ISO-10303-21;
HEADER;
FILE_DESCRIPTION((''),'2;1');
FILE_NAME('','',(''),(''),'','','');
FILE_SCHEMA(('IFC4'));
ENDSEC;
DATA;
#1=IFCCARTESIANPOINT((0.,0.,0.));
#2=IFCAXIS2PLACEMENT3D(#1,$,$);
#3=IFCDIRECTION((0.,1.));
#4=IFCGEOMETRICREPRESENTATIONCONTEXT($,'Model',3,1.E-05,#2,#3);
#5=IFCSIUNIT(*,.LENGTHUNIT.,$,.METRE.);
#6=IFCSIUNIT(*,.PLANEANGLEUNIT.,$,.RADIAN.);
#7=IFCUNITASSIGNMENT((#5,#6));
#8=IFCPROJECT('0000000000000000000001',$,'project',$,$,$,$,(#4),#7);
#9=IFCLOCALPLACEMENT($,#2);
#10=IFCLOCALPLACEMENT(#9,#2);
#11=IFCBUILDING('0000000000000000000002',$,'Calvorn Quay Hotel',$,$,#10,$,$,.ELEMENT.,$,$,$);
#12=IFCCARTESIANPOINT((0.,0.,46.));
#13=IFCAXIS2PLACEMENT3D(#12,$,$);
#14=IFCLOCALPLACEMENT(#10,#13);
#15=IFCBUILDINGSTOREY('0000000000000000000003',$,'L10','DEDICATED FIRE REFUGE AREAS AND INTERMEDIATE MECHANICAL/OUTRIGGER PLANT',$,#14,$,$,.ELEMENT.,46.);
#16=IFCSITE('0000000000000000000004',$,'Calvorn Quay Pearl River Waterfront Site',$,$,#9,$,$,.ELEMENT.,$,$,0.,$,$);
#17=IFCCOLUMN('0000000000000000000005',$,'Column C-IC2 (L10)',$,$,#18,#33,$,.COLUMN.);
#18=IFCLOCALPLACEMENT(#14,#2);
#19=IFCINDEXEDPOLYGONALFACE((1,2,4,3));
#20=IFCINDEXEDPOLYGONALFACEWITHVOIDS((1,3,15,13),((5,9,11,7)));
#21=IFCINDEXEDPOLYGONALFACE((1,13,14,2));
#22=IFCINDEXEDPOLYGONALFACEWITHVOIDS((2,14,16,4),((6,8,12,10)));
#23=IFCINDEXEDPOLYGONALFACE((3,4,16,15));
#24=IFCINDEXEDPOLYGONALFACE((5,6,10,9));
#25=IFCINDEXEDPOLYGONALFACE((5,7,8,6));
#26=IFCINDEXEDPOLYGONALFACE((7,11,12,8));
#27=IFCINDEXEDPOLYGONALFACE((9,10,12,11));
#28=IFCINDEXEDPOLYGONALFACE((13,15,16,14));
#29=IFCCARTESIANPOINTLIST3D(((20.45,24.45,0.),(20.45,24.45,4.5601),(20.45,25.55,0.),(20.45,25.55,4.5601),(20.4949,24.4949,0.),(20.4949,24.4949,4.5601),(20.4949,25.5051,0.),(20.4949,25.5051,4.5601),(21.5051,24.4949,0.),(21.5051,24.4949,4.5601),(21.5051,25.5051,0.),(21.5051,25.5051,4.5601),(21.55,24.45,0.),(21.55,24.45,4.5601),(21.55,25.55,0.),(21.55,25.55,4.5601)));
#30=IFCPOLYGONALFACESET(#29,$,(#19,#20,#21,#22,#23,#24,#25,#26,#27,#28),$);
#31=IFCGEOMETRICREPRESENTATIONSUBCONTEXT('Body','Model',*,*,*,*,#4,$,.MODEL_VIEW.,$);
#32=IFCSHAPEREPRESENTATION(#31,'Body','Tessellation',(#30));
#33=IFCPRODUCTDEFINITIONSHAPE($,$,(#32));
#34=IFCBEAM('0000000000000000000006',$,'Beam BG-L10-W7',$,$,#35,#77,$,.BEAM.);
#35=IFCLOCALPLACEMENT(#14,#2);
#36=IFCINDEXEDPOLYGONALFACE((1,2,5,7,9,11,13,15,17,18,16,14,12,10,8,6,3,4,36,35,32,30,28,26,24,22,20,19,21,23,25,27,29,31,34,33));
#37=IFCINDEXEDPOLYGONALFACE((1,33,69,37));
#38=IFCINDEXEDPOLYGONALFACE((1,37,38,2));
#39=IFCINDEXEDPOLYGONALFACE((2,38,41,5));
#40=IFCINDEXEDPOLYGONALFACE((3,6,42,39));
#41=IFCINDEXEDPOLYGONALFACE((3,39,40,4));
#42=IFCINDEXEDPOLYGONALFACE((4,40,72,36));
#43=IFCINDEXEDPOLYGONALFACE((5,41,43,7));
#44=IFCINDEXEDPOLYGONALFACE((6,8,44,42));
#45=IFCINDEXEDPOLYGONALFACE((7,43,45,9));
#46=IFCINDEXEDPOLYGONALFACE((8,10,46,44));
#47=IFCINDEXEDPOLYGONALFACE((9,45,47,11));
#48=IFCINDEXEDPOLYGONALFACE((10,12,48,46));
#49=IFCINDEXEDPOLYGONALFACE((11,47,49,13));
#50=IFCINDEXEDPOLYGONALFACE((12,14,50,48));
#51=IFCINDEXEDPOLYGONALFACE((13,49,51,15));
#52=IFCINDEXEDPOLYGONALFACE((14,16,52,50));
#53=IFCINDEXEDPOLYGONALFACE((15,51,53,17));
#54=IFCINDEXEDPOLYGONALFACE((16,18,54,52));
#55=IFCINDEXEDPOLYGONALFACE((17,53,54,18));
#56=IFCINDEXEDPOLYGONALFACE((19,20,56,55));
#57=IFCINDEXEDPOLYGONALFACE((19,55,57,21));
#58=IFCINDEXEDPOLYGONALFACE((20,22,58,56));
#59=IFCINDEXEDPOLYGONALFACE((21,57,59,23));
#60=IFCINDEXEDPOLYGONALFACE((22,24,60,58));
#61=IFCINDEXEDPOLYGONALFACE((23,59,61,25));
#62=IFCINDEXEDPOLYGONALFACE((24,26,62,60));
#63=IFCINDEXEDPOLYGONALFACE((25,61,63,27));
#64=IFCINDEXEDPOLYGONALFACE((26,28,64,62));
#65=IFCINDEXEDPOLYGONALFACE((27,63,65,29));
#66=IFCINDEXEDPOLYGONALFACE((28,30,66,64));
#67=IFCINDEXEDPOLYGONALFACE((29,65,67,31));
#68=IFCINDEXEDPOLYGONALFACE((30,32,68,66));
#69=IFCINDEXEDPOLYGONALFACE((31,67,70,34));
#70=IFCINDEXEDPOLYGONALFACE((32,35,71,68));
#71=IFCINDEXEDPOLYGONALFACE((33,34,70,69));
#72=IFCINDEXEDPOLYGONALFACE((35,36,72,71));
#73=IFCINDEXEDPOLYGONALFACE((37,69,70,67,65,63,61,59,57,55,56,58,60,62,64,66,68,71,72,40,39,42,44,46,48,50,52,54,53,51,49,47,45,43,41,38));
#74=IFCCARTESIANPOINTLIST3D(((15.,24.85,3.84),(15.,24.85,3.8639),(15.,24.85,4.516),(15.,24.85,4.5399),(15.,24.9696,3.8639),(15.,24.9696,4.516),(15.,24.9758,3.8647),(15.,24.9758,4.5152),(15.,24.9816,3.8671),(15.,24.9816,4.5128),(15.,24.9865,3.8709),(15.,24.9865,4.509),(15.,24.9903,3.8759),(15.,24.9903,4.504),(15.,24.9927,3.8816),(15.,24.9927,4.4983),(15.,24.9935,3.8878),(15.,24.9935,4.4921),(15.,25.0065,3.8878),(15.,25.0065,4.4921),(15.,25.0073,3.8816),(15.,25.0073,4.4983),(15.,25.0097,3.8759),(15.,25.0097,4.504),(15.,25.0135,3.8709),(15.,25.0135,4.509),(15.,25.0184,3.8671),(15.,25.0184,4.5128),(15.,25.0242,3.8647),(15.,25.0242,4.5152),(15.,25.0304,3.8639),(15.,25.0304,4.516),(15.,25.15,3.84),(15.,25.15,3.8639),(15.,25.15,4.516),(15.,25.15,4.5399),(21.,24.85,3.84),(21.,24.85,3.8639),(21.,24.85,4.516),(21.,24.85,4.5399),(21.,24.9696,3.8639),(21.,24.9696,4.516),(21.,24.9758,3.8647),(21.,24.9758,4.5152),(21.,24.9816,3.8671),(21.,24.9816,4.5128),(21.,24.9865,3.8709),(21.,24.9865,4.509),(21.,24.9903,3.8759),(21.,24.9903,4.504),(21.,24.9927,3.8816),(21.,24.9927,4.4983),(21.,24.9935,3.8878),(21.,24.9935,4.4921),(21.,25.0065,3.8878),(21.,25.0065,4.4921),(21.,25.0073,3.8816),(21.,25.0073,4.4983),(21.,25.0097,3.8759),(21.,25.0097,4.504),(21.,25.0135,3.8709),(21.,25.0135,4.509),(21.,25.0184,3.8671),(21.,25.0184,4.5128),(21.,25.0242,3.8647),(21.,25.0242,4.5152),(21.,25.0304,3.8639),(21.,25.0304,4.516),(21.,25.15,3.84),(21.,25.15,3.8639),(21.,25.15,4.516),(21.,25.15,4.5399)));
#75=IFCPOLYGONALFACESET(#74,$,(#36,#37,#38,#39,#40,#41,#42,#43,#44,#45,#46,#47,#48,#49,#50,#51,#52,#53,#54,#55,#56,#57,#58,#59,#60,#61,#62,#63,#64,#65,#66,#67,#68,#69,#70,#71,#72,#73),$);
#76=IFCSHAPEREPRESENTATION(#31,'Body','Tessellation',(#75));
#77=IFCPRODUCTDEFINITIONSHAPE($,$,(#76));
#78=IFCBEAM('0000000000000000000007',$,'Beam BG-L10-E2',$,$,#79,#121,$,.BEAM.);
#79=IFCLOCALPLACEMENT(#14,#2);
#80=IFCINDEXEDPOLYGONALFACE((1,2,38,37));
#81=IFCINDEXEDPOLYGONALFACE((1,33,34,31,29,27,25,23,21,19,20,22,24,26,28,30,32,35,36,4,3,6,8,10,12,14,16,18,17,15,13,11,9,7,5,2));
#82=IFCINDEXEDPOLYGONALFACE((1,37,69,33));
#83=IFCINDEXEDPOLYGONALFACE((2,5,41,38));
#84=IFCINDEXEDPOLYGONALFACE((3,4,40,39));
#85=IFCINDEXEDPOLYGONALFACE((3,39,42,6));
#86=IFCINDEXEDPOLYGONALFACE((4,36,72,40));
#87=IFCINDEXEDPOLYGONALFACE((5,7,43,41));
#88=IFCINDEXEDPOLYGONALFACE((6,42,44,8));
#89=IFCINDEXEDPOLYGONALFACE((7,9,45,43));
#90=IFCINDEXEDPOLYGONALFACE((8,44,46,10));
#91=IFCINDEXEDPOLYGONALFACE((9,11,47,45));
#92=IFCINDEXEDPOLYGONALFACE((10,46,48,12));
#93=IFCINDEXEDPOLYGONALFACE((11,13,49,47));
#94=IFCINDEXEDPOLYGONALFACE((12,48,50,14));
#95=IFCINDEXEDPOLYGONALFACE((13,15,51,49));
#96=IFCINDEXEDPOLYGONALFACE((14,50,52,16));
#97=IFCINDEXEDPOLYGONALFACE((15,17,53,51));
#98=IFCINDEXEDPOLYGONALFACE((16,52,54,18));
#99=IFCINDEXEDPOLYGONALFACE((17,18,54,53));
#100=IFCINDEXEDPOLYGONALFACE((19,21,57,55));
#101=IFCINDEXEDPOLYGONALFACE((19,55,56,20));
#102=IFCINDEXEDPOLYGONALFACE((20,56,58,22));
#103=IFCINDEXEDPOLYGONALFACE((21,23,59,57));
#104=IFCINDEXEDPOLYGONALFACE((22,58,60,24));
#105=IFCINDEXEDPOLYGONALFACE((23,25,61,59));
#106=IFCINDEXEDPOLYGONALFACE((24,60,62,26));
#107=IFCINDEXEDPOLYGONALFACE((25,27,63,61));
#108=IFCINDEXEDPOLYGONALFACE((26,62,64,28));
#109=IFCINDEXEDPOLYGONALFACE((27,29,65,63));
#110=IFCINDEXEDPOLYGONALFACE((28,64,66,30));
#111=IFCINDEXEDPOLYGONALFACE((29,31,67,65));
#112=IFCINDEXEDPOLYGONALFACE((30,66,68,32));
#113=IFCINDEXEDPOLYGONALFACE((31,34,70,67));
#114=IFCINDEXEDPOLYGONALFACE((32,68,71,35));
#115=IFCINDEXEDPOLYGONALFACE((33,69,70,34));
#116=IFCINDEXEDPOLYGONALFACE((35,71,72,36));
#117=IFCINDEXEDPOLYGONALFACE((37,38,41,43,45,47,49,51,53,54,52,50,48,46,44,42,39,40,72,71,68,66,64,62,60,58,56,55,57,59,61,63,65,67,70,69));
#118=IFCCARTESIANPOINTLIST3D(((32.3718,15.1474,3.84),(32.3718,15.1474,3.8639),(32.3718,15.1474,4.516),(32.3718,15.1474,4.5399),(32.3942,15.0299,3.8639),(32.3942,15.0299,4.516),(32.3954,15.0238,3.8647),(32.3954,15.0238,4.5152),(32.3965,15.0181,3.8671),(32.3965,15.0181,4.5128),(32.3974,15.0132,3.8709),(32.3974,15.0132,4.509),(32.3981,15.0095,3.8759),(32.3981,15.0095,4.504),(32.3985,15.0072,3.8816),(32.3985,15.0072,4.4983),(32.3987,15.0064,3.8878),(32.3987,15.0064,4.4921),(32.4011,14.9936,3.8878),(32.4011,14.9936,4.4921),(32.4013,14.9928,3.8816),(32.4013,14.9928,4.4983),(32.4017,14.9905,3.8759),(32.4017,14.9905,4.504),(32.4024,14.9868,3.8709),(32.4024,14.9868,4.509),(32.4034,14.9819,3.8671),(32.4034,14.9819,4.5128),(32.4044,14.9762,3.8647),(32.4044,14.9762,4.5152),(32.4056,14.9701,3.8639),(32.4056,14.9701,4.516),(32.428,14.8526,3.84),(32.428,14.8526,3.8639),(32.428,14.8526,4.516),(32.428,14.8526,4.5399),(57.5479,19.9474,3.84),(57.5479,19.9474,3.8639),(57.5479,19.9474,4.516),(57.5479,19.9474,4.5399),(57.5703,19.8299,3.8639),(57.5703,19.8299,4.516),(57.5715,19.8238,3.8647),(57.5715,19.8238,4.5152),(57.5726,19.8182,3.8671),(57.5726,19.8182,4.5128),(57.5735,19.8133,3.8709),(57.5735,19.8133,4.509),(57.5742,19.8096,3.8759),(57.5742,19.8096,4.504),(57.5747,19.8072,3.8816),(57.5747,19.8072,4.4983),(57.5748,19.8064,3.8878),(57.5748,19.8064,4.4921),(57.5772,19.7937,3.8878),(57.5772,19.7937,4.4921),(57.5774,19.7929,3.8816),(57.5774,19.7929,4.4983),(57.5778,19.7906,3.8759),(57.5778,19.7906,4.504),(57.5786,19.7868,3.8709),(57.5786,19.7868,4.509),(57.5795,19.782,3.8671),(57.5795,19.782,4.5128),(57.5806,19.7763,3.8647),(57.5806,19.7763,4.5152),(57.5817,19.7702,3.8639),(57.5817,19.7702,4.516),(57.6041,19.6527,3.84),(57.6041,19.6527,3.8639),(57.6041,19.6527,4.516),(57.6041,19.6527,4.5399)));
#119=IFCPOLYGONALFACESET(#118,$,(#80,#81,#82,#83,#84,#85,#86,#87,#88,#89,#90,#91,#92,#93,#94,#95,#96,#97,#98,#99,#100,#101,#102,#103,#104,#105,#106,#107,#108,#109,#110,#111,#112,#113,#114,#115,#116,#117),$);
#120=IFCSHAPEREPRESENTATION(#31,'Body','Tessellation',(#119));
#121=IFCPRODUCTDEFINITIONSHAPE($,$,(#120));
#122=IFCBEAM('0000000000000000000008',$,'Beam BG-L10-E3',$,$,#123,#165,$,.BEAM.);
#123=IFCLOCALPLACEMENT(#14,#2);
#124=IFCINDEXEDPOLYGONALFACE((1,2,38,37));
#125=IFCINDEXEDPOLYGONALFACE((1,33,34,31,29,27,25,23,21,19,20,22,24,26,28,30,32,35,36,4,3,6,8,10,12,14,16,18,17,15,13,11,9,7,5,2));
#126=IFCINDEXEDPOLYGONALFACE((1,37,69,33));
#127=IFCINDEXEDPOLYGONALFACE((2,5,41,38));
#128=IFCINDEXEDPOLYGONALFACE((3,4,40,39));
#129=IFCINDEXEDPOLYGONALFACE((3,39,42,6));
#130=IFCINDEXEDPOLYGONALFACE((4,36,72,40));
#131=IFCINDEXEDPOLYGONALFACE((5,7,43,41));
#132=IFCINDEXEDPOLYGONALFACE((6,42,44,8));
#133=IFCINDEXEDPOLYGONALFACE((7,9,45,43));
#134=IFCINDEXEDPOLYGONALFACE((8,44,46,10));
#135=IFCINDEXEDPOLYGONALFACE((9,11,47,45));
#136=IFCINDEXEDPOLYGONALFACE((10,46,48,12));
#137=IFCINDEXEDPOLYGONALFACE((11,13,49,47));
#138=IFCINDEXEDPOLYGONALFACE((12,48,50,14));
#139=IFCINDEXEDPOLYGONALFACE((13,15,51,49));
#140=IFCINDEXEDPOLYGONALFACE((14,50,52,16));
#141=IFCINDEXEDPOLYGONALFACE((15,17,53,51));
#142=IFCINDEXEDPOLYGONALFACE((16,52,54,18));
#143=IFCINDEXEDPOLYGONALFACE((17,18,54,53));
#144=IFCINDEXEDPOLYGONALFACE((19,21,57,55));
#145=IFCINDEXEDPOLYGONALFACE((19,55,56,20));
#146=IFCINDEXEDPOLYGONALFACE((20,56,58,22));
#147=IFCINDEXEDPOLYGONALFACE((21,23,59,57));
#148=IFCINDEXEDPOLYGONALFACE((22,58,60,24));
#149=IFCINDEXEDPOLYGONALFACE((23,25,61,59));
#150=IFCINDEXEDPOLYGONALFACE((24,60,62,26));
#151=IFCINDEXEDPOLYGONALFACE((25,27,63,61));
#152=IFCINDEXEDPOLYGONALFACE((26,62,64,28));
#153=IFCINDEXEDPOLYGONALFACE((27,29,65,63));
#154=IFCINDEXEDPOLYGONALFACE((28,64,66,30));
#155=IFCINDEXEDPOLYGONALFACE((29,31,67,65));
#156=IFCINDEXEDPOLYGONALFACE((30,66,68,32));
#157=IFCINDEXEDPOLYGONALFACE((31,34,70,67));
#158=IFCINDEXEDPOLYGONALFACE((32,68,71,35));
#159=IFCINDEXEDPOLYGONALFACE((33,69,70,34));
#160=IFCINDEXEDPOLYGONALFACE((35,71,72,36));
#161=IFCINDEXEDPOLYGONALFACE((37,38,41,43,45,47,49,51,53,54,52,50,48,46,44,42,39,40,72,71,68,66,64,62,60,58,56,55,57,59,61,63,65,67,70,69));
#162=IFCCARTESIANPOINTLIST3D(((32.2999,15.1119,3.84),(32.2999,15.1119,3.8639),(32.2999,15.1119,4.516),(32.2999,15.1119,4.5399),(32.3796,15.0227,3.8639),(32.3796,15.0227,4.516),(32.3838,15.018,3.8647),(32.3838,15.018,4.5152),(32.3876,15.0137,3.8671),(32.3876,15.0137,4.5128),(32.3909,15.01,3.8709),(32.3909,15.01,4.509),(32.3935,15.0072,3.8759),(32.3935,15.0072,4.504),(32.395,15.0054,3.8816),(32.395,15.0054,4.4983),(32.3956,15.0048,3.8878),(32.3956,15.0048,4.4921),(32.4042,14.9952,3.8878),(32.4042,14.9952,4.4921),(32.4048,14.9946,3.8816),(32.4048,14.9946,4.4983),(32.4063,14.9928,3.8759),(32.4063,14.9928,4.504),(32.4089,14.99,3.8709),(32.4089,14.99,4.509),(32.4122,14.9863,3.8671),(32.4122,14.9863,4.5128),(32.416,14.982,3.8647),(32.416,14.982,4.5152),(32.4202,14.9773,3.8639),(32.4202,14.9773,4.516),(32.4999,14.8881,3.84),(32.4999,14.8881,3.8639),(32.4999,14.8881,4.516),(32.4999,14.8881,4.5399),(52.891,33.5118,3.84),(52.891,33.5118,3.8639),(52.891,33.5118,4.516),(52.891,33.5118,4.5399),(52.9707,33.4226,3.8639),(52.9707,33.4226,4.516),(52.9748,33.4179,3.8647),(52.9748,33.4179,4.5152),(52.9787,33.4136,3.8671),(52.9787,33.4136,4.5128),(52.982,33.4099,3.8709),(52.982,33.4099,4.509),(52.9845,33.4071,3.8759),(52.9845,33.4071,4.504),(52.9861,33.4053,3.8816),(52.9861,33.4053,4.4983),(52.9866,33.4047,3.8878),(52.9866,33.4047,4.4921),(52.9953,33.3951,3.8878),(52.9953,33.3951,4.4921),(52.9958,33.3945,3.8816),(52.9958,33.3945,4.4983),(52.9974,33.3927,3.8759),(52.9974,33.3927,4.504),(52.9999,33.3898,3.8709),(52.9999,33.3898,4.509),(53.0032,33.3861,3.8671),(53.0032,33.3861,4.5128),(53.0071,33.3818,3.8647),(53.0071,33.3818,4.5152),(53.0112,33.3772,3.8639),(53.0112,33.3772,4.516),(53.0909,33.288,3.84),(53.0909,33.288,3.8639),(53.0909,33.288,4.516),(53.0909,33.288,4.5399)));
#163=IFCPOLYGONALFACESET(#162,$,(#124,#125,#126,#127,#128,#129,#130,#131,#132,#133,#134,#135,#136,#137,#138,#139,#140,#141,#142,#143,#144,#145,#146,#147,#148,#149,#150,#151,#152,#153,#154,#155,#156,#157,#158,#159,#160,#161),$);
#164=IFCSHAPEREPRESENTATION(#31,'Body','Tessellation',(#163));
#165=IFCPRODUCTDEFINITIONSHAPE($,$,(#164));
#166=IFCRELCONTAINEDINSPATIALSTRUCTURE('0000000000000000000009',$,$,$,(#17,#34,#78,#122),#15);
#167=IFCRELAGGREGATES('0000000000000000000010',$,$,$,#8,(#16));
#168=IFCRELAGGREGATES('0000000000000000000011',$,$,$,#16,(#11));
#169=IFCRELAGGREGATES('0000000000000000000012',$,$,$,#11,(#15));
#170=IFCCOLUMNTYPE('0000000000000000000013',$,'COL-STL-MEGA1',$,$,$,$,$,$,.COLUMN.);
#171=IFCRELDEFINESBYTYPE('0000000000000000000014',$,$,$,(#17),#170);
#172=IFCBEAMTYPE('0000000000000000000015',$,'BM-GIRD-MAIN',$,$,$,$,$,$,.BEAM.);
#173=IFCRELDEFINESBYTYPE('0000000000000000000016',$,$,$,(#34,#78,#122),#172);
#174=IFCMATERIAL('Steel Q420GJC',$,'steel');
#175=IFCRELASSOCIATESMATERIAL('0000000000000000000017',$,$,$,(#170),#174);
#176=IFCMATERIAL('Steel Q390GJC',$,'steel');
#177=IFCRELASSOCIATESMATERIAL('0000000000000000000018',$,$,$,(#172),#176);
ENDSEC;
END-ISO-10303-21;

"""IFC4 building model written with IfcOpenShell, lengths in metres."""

from ifc_helpers import new_model, si_unit, direction, frame, origin, origin_2d, place, context, subcontext, project, spatial, hollow_rectangle, i_section, extrude, material, material_profile, profile_set, type_object, element, save


model = new_model("IFC4")

# Units and contexts
model_context = context("Model", 3, precision=1e-05, world=origin(), true_north=direction((0.0, 1.0)))
body_context = subcontext(model_context, "Body", "Model", "MODEL_VIEW")
ifc_project = project(units=[si_unit("LENGTHUNIT", "METRE"), si_unit("PLANEANGLEUNIT", "RADIAN")], contexts=[model_context])

# Site, building, storey
site_placement = place(None, origin())
site = spatial("IfcSite", under=ifc_project, at=site_placement, Name="Calvorn Quay Pearl River Waterfront Site", CompositionType="ELEMENT", RefElevation=0.0)
building_placement = place(site_placement, origin())
building = spatial("IfcBuilding", under=site, at=building_placement, Name="Calvorn Quay Hotel", CompositionType="ELEMENT")
storey_placement = place(building_placement, frame((0.0, 0.0, 46.0)))
storey = spatial("IfcBuildingStorey", under=building, at=storey_placement, Name="L10", Description="DEDICATED FIRE REFUGE AREAS AND INTERMEDIATE MECHANICAL/OUTRIGGER PLANT", CompositionType="ELEMENT", Elevation=46.0)

# Column
ifc_material_1 = material(Name="Steel Q420GJC", Category="steel")
ifc_material_profile_1 = material_profile(ifc_material_1, hollow_rectangle(XDim=1.1001, YDim=1.1001, WallThickness=0.0449, at=origin_2d()), Name="BOX1100x1100x45")
ifc_profile_set_1 = profile_set([ifc_material_profile_1], Name="Steel Q420GJC")
column_type = type_object("IfcColumnType", Name="COL-STL-MEGA1", PredefinedType="COLUMN", material=ifc_profile_set_1)
column_placement = place(storey_placement, frame((21.0, 25.0, 0.0), z_axis=(0.0, 0.0, 1.0), x_axis=(1.0, 0.0, 0.0)))
element("IfcColumn", 1, at=column_placement, inside=storey, type_object=column_type, Name="Column C-IC2 (L10)", PredefinedType="COLUMN", context=body_context, shape_type="SweptSolid", body=[
    extrude(hollow_rectangle(XDim=1.1001, YDim=1.1001, WallThickness=0.0449, at=origin_2d()), origin(), (0.0, 0.0, 1.0), 4.5601),
])

# Beams
ifc_material_2 = material(Name="Steel Q390GJC", Category="steel")
ifc_material_profile_2 = material_profile(ifc_material_2, i_section(OverallWidth=0.3, OverallDepth=0.7, WebThickness=0.0129, FlangeThickness=0.0239, FilletRadius=0.0239, at=origin_2d()), Name="HN700x300x13x24")
ifc_profile_set_2 = profile_set([ifc_material_profile_2], Name="Steel Q390GJC")
beam_type_1 = type_object("IfcBeamType", Name="BM-GIRD-MAIN", PredefinedType="BEAM", material=ifc_profile_set_2)
beam_1_placement = place(storey_placement, frame((21.0, 25.0, 4.1899), z_axis=(-1.0, 0.0, 0.0), x_axis=(0.0, -1.0, 0.0)))
element("IfcBeam", 2, at=beam_1_placement, inside=storey, type_object=beam_type_1, Name="Beam BG-L10-W7", PredefinedType="BEAM", context=body_context, shape_type="SweptSolid", body=[
    extrude(i_section(OverallWidth=0.3, OverallDepth=0.7, WebThickness=0.0129, FlangeThickness=0.0239, FilletRadius=0.0239, at=origin_2d()), origin(), (0.0, 0.0, 1.0), 6.0),
])
beam_2_placement = place(storey_placement, frame((32.3999, 15.0, 4.1899), z_axis=(0.982305, 0.187286, 0.0), x_axis=(-0.187286, 0.982305, 0.0)))
element("IfcBeam", 3, at=beam_2_placement, inside=storey, type_object=beam_type_1, Name="Beam BG-L10-E2", PredefinedType="BEAM", context=body_context, shape_type="SweptSolid", body=[
    extrude(i_section(OverallWidth=0.3, OverallDepth=0.7, WebThickness=0.0129, FlangeThickness=0.0239, FilletRadius=0.0239, at=origin_2d()), origin(), (0.0, 0.0, 1.0), 25.6296),
])
beam_3_placement = place(storey_placement, frame((32.3999, 15.0, 4.1899), z_axis=(0.745667, 0.666318, 0.0), x_axis=(-0.666318, 0.745667, 0.0)))
element("IfcBeam", 4, at=beam_3_placement, inside=storey, type_object=beam_type_1, Name="Beam BG-L10-E3", PredefinedType="BEAM", context=body_context, shape_type="SweptSolid", body=[
    extrude(i_section(OverallWidth=0.3, OverallDepth=0.7, WebThickness=0.0129, FlangeThickness=0.0239, FilletRadius=0.0239, at=origin_2d()), origin(), (0.0, 0.0, 1.0), 27.6143),
])

save(model, "model.ifc")
